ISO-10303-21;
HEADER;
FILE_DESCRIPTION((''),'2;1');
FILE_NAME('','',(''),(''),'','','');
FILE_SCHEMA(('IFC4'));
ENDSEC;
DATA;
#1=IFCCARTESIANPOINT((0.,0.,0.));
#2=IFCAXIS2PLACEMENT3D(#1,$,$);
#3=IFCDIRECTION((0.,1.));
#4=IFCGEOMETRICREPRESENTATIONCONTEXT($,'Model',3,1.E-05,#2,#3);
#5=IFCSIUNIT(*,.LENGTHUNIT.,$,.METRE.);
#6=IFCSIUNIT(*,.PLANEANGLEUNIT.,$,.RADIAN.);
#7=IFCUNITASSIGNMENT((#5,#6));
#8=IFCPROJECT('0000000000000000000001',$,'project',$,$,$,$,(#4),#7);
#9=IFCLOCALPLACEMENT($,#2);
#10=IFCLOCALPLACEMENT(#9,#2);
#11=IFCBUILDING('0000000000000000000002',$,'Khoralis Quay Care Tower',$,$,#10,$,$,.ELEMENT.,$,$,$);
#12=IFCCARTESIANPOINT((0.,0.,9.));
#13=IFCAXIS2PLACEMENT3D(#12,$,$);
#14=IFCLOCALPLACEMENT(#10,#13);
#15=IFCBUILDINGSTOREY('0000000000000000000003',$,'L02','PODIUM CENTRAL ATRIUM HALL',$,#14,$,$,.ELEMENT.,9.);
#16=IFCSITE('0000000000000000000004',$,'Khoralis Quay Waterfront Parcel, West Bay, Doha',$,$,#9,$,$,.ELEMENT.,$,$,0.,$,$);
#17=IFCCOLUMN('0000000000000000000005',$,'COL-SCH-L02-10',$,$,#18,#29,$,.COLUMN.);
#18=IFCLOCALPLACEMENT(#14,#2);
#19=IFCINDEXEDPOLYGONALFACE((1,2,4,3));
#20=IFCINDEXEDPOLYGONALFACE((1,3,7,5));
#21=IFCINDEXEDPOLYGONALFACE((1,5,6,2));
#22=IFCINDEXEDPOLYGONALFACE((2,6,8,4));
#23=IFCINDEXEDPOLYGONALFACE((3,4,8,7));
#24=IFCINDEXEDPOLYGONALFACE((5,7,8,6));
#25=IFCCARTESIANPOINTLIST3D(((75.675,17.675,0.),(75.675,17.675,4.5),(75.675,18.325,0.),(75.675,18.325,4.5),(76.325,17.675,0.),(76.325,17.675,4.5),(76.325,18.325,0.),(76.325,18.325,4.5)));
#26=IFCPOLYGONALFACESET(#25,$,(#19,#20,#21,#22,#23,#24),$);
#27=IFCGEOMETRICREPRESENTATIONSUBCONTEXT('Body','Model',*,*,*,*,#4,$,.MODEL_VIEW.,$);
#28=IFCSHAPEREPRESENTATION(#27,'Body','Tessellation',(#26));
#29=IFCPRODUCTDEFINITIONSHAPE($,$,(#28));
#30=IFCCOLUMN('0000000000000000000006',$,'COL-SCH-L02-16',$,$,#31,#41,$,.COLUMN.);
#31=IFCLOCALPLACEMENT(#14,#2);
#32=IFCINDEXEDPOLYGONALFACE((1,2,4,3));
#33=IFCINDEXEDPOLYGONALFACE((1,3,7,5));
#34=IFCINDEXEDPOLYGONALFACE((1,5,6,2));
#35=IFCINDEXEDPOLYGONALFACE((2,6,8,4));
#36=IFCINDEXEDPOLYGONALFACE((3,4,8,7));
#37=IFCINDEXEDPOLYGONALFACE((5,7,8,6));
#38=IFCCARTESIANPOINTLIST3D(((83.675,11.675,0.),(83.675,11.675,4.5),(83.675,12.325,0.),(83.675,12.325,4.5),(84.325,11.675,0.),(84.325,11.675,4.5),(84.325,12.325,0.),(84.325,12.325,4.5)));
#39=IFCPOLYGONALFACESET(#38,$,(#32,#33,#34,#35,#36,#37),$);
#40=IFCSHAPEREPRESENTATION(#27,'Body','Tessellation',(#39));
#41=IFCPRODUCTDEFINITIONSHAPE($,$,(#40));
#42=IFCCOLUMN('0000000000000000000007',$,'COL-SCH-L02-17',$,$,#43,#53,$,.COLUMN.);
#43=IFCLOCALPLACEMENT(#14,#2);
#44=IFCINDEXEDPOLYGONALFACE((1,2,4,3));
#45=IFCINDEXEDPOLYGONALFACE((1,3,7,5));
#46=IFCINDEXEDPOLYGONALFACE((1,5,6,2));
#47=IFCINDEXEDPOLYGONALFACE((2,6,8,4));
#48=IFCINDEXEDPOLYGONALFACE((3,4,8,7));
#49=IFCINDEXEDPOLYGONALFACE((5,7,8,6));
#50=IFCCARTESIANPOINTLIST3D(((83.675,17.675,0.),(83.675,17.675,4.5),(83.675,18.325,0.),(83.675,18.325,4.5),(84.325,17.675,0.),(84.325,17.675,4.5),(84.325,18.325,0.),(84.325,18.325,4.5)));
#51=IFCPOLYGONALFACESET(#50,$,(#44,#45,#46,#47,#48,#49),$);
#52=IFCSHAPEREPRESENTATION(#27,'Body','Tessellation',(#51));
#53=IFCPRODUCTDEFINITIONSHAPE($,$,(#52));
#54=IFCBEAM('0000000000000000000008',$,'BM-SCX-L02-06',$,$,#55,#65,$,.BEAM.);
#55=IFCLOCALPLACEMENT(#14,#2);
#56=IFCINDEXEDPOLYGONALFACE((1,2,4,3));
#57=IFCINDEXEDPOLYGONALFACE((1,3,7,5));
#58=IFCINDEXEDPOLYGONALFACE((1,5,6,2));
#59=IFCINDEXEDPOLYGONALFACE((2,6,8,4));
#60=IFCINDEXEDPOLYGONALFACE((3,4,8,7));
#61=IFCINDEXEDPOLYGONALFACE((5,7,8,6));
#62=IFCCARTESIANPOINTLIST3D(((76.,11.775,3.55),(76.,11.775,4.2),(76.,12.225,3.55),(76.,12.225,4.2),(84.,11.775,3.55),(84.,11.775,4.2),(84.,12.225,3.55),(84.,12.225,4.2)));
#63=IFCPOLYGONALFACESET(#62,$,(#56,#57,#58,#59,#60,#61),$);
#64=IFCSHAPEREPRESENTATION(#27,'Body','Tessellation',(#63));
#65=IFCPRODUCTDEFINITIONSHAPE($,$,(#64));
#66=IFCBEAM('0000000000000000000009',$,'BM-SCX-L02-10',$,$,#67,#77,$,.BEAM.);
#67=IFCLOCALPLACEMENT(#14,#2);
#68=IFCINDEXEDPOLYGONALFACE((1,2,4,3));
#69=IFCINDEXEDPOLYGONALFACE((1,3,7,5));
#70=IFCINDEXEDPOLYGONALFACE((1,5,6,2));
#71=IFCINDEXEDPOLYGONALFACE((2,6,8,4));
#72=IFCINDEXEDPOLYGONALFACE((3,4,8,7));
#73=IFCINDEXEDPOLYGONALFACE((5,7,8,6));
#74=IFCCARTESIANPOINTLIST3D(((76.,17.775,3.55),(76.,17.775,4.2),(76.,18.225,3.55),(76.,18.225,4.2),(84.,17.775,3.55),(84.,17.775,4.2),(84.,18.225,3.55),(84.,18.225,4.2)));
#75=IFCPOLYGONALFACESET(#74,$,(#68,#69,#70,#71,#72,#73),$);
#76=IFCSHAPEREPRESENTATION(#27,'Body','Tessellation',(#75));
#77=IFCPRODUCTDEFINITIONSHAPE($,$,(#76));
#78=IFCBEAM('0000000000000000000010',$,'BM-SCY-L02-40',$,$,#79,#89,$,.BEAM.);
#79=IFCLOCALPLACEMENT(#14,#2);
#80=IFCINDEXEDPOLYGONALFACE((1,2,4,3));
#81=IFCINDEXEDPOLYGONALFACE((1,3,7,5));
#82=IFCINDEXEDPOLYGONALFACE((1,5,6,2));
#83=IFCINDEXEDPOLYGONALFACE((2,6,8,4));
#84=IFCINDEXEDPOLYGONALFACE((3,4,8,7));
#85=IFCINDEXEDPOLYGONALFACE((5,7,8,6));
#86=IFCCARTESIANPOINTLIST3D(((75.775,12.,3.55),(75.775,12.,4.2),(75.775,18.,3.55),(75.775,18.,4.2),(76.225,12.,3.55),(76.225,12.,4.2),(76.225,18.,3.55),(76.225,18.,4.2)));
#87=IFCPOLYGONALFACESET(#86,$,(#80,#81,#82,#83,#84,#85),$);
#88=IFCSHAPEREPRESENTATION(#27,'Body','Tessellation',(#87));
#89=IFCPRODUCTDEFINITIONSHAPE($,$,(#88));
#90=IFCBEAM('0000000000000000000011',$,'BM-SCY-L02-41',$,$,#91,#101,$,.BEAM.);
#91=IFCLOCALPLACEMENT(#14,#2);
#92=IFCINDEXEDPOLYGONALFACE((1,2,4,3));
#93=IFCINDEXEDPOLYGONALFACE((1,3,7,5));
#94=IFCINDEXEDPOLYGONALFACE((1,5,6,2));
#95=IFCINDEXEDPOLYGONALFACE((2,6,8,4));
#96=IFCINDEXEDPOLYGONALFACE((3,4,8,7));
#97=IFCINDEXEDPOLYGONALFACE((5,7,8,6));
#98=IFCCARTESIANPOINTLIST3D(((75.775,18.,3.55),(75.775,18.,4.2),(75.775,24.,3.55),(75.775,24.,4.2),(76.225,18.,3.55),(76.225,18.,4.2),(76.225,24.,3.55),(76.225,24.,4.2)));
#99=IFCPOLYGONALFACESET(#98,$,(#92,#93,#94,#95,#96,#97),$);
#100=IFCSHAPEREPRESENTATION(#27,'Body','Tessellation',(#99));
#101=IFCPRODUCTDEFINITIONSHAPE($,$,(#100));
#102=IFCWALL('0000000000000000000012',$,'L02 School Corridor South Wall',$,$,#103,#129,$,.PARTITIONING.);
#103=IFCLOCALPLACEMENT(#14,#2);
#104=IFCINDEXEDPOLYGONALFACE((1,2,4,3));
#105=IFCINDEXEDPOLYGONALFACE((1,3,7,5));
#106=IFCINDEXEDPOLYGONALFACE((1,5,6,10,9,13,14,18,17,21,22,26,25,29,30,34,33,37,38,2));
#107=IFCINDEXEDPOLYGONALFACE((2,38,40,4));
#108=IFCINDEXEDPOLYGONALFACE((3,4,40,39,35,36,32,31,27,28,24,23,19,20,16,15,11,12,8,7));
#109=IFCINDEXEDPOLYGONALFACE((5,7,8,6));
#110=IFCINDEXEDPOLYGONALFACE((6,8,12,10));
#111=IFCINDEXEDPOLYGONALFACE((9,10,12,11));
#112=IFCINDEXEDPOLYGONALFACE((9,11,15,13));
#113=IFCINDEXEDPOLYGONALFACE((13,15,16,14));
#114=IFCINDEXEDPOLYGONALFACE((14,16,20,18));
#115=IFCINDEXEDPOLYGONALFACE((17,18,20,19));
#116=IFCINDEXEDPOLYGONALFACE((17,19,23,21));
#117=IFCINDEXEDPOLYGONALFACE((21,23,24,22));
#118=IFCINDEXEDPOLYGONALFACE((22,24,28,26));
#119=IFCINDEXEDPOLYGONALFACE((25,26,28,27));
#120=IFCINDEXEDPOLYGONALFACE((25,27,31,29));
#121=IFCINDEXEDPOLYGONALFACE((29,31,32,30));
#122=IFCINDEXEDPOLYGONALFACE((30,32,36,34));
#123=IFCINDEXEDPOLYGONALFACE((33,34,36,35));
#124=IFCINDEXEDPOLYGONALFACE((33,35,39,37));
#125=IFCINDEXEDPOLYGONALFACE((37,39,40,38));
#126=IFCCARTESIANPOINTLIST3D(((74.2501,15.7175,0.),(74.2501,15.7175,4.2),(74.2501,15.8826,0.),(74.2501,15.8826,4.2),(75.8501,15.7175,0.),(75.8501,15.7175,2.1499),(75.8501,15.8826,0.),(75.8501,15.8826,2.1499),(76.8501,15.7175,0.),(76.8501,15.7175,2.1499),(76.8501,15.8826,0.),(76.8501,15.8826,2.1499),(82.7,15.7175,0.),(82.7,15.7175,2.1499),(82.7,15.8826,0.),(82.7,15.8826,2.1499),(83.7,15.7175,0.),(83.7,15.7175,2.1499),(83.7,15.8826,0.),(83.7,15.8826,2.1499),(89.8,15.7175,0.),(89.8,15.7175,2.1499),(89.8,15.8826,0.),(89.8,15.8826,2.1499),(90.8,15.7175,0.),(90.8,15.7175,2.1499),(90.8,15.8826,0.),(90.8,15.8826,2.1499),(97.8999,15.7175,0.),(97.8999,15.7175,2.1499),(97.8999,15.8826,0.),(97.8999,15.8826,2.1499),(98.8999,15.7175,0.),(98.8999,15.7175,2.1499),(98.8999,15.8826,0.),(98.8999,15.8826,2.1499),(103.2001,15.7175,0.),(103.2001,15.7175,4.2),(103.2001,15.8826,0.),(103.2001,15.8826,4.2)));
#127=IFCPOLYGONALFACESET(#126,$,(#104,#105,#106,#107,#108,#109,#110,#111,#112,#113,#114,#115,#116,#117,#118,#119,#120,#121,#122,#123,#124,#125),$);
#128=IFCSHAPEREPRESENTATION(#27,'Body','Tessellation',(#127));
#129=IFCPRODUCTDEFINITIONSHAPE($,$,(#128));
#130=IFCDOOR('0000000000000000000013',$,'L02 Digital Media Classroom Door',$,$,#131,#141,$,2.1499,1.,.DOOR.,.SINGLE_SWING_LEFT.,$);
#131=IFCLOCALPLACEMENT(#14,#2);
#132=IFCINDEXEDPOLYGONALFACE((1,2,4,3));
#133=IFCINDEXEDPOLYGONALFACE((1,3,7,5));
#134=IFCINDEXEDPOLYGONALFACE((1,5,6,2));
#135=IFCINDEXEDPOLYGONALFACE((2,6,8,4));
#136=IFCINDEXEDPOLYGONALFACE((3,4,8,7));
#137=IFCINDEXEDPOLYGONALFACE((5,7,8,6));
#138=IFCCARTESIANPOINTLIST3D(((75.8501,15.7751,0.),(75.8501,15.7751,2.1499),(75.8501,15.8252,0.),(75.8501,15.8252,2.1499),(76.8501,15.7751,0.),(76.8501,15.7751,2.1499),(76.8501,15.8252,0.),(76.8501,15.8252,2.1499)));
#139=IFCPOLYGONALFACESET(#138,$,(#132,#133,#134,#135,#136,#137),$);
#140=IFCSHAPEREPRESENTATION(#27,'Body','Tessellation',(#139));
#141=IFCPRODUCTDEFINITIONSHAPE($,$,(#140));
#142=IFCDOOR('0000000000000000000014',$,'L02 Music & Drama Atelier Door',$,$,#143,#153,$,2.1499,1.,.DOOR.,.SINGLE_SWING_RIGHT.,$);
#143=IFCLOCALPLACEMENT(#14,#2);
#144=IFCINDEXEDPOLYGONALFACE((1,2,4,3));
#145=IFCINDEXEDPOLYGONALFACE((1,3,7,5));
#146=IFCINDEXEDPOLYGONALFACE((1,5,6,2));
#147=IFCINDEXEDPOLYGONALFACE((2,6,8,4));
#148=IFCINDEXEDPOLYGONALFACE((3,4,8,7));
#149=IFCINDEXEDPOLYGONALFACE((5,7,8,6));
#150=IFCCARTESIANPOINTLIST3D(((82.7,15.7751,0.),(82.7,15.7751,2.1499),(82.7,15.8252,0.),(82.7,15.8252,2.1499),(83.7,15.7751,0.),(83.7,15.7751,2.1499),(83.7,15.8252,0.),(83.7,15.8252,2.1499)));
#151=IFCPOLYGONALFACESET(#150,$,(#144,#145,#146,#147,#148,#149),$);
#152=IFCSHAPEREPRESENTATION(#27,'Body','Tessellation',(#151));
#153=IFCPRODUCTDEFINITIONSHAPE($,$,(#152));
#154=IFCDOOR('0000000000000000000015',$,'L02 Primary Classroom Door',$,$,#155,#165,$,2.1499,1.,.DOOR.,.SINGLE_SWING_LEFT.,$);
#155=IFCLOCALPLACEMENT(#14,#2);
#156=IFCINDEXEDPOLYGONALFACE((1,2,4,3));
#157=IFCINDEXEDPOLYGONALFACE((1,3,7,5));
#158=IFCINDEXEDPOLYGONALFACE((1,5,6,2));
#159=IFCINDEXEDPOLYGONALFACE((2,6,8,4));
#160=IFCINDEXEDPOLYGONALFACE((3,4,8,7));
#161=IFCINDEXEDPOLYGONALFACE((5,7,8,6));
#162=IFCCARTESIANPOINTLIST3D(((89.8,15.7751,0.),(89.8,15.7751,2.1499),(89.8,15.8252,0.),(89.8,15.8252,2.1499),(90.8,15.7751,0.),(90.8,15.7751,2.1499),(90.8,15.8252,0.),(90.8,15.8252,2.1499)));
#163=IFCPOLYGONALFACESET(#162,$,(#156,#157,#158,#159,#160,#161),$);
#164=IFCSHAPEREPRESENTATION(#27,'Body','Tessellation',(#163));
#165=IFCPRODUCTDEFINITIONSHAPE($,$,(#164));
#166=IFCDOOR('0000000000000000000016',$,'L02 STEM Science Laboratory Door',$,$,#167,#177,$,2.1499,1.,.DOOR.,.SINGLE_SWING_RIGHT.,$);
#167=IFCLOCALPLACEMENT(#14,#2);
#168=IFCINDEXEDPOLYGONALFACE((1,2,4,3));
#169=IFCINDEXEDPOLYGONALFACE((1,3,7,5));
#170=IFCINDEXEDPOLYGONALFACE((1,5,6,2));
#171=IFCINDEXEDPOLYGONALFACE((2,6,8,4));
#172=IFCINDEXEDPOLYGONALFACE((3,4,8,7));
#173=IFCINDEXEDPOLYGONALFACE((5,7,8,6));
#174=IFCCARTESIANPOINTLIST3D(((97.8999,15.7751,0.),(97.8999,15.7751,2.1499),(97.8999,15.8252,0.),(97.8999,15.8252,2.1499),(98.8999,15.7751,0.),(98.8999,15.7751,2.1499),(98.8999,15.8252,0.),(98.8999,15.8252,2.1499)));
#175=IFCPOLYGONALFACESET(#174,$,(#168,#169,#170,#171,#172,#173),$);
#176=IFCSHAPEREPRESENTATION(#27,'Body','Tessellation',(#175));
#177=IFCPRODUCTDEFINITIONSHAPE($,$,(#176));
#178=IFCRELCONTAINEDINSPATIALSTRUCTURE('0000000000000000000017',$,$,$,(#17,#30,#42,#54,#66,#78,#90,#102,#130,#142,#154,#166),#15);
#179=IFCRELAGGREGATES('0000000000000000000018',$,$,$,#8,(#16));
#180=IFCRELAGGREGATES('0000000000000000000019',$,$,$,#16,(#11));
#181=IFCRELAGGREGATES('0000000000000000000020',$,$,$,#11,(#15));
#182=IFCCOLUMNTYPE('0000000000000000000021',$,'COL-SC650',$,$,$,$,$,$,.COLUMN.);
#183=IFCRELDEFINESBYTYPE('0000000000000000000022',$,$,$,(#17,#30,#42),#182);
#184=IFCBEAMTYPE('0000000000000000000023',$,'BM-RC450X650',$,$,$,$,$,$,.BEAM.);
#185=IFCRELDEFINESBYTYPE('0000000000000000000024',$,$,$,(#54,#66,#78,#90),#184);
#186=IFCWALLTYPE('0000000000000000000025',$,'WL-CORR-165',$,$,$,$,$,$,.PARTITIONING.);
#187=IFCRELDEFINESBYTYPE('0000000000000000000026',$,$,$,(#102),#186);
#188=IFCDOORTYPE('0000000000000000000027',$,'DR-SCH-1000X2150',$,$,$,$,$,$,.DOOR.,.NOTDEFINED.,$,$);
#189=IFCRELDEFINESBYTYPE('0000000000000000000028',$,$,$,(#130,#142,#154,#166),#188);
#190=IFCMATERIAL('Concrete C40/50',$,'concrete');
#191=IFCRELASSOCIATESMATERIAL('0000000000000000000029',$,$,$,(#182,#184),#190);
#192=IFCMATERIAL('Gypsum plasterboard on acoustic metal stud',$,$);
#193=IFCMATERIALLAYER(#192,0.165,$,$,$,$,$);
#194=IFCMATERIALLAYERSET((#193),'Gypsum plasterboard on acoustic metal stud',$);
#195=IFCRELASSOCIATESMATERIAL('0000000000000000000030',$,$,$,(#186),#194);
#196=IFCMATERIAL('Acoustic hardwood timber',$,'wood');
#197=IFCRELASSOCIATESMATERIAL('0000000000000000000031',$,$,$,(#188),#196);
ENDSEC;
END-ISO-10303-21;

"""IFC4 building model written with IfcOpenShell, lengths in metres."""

from ifc_helpers import new_model, si_unit, direction, frame, frame_2d, origin, origin_2d, place, context, subcontext, project, spatial, rectangle, extrude, source, transform, mapped, material, layer, layer_set, material_profile, profile_set, type_object, element, fill, save


model = new_model("IFC4")

# Units and contexts
model_context = context("Model", 3, precision=1e-05, world=origin(), true_north=direction((0.0, 1.0)))
body_context = subcontext(model_context, "Body", "Model", "MODEL_VIEW")
ifc_project = project(units=[si_unit("LENGTHUNIT", "METRE"), si_unit("PLANEANGLEUNIT", "RADIAN")], contexts=[model_context])

# Site, building, storey
site_placement = place(None, origin())
site = spatial("IfcSite", under=ifc_project, at=site_placement, Name="Khoralis Quay Waterfront Parcel, West Bay, Doha", CompositionType="ELEMENT", RefElevation=0.0)
building_placement = place(site_placement, origin())
building = spatial("IfcBuilding", under=site, at=building_placement, Name="Khoralis Quay Care Tower", CompositionType="ELEMENT")
storey_placement = place(building_placement, frame((0.0, 0.0, 9.0)))
storey = spatial("IfcBuildingStorey", under=building, at=storey_placement, Name="L02", Description="PODIUM CENTRAL ATRIUM HALL", CompositionType="ELEMENT", Elevation=9.0)

# Columns
ifc_material_1 = material(Name="Concrete C40/50", Category="concrete")
ifc_material_profile_1 = material_profile(ifc_material_1, rectangle(XDim=0.6499, YDim=0.6499, at=origin_2d()), Name="Concrete C40/50")
ifc_profile_set_1 = profile_set([ifc_material_profile_1], Name="Concrete C40/50")
column_type = type_object("IfcColumnType", Name="COL-SC650", PredefinedType="COLUMN", material=ifc_profile_set_1)
shared_shape_1 = source(origin(), body_context, "Body", "SweptSolid", [
    extrude(rectangle(XDim=0.6499, YDim=0.6499, at=origin_2d()), origin(), (0.0, 0.0, 1.0), 4.5),
])
for number, where, z_axis, x_axis, name in (
    (1, (76.0, 18.0, 0.0), (0.0, 0.0, 1.0), (1.0, 0.0, 0.0), "COL-SCH-L02-10"),
    (2, (84.0, 12.0, 0.0), (0.0, 0.0, 1.0), (1.0, 0.0, 0.0), "COL-SCH-L02-16"),
    (3, (84.0, 18.0, 0.0), (0.0, 0.0, 1.0), (1.0, 0.0, 0.0), "COL-SCH-L02-17"),
):
    element("IfcColumn", number, at=place(storey_placement, frame(where, z_axis=z_axis, x_axis=x_axis)), inside=storey, type_object=column_type, Name=name, PredefinedType="COLUMN", context=body_context, shape_type="MappedRepresentation", body=[
        mapped(shared_shape_1, transform((0.0, 0.0, 0.0), scale=1.0)),
    ])

# Beams
ifc_material_profile_2 = material_profile(ifc_material_1, rectangle(XDim=0.45, YDim=0.6499, at=origin_2d()), Name="Concrete C40/50")
ifc_profile_set_2 = profile_set([ifc_material_profile_2], Name="Concrete C40/50")
beam_type = type_object("IfcBeamType", Name="BM-RC450X650", PredefinedType="BEAM", material=ifc_profile_set_2)
shared_shape_2 = source(origin(), body_context, "Body", "SweptSolid", [
    extrude(rectangle(XDim=0.45, YDim=0.6499, at=origin_2d()), origin(), (0.0, 0.0, 1.0), 8.0),
])
for number, where, z_axis, x_axis, name in (
    (4, (76.0, 12.0, 3.875), (1.0, 0.0, 0.0), (0.0, 1.0, 0.0), "BM-SCX-L02-06"),
    (5, (76.0, 18.0, 3.875), (1.0, 0.0, 0.0), (0.0, 1.0, 0.0), "BM-SCX-L02-10"),
):
    element("IfcBeam", number, at=place(storey_placement, frame(where, z_axis=z_axis, x_axis=x_axis)), inside=storey, type_object=beam_type, Name=name, PredefinedType="BEAM", context=body_context, shape_type="MappedRepresentation", body=[
        mapped(shared_shape_2, transform((0.0, 0.0, 0.0), scale=1.0)),
    ])
shared_shape_3 = source(origin(), body_context, "Body", "SweptSolid", [
    extrude(rectangle(XDim=0.45, YDim=0.6499, at=origin_2d()), origin(), (0.0, 0.0, 1.0), 6.0),
])
for number, where, z_axis, x_axis, name in (
    (6, (76.0, 12.0, 3.875), (0.0, 1.0, 0.0), (-1.0, 0.0, 0.0), "BM-SCY-L02-40"),
    (7, (76.0, 18.0, 3.875), (0.0, 1.0, 0.0), (-1.0, 0.0, 0.0), "BM-SCY-L02-41"),
):
    element("IfcBeam", number, at=place(storey_placement, frame(where, z_axis=z_axis, x_axis=x_axis)), inside=storey, type_object=beam_type, Name=name, PredefinedType="BEAM", context=body_context, shape_type="MappedRepresentation", body=[
        mapped(shared_shape_3, transform((0.0, 0.0, 0.0), scale=1.0)),
    ])

# Wall, openings, doors
ifc_material_2 = material(Name="Gypsum plasterboard on acoustic metal stud")
ifc_layer_1 = layer(ifc_material_2, 0.165)
ifc_layer_set_1 = layer_set([ifc_layer_1], Name="Gypsum plasterboard on acoustic metal stud")
wall_type_1 = type_object("IfcWallType", Name="WL-CORR-165", PredefinedType="PARTITIONING", material=ifc_layer_set_1)
wall_1_placement = place(storey_placement, frame((74.25, 15.8, 0.0), z_axis=(0.0, 0.0, 1.0), x_axis=(1.0, 0.0, 0.0)))
wall_1 = element("IfcWall", 8, at=wall_1_placement, inside=storey, type_object=wall_type_1, Name="L02 School Corridor South Wall", PredefinedType="PARTITIONING", context=body_context, shape_type="SweptSolid", body=[
    extrude(rectangle(XDim=28.95, YDim=0.165, at=frame_2d((14.4751, 0.0))), origin(), (0.0, 0.0, 1.0), 4.2),
])
opening_1_placement = place(wall_1_placement, frame((1.6001, 0.0, 0.0)))
opening_1 = element("IfcOpeningElement", 9, at=opening_1_placement, cuts=wall_1, PredefinedType="OPENING", context=body_context, shape_type="SweptSolid", body=[
    extrude(rectangle(XDim=1.0, YDim=2.1499, at=frame_2d((0.5, 1.075))), frame((0.0, 0.0925, 0.0), z_axis=(0.0, -1.0, 0.0), x_axis=(1.0, 0.0, 0.0)), (0.0, 0.0, 1.0), 0.1851),
])
opening_2_placement = place(wall_1_placement, frame((8.45, 0.0, 0.0)))
opening_2 = element("IfcOpeningElement", 10, at=opening_2_placement, cuts=wall_1, PredefinedType="OPENING", context=body_context, shape_type="SweptSolid", body=[
    extrude(rectangle(XDim=1.0, YDim=2.1499, at=frame_2d((0.5, 1.075))), frame((0.0, 0.0925, 0.0), z_axis=(0.0, -1.0, 0.0), x_axis=(1.0, 0.0, 0.0)), (0.0, 0.0, 1.0), 0.1851),
])
opening_3_placement = place(wall_1_placement, frame((15.55, 0.0, 0.0)))
opening_3 = element("IfcOpeningElement", 11, at=opening_3_placement, cuts=wall_1, PredefinedType="OPENING", context=body_context, shape_type="SweptSolid", body=[
    extrude(rectangle(XDim=1.0, YDim=2.1499, at=frame_2d((0.5, 1.075))), frame((0.0, 0.0925, 0.0), z_axis=(0.0, -1.0, 0.0), x_axis=(1.0, 0.0, 0.0)), (0.0, 0.0, 1.0), 0.1851),
])
opening_4_placement = place(wall_1_placement, frame((23.6499, 0.0, 0.0)))
opening_4 = element("IfcOpeningElement", 12, at=opening_4_placement, cuts=wall_1, PredefinedType="OPENING", context=body_context, shape_type="SweptSolid", body=[
    extrude(rectangle(XDim=1.0, YDim=2.1499, at=frame_2d((0.5, 1.075))), frame((0.0, 0.0925, 0.0), z_axis=(0.0, -1.0, 0.0), x_axis=(1.0, 0.0, 0.0)), (0.0, 0.0, 1.0), 0.1851),
])
ifc_material_3 = material(Name="Acoustic hardwood timber", Category="wood")
door_type_1 = type_object("IfcDoorType", Name="DR-SCH-1000X2150", OperationType="NOTDEFINED", PredefinedType="DOOR", material=ifc_material_3)
shared_shape_4 = source(origin(), body_context, "Body", "SweptSolid", [
    extrude(rectangle(XDim=1.0, YDim=2.1499, at=frame_2d((0.5, 1.075))), frame((0.0, 0.0249, 0.0), z_axis=(0.0, -1.0, 0.0), x_axis=(1.0, 0.0, 0.0)), (0.0, 0.0, 1.0), 0.05),
])
door_1_placement = place(opening_1_placement, frame((1.0, 0.0, 0.0), z_axis=(0.0, 0.0, 1.0), x_axis=(-1.0, 0.0, 0.0)))
door_1 = element("IfcDoor", 13, at=door_1_placement, inside=storey, type_object=door_type_1, Name="L02 Digital Media Classroom Door", OperationType="SINGLE_SWING_LEFT", OverallHeight=2.1499, OverallWidth=1.0, PredefinedType="DOOR", context=body_context, shape_type="MappedRepresentation", body=[
    mapped(shared_shape_4, transform((0.0, 0.0, 0.0), scale=1.0)),
])
fill(opening_1, door_1)
door_2_placement = place(opening_2_placement, frame((1.0, 0.0, 0.0), z_axis=(0.0, 0.0, 1.0), x_axis=(-1.0, 0.0, 0.0)))
door_2 = element("IfcDoor", 14, at=door_2_placement, inside=storey, type_object=door_type_1, Name="L02 Music & Drama Atelier Door", OperationType="SINGLE_SWING_RIGHT", OverallHeight=2.1499, OverallWidth=1.0, PredefinedType="DOOR", context=body_context, shape_type="MappedRepresentation", body=[
    mapped(shared_shape_4, transform((0.0, 0.0, 0.0), scale=1.0)),
])
fill(opening_2, door_2)
door_3_placement = place(opening_3_placement, frame((1.0, 0.0, 0.0), z_axis=(0.0, 0.0, 1.0), x_axis=(-1.0, 0.0, 0.0)))
door_3 = element("IfcDoor", 15, at=door_3_placement, inside=storey, type_object=door_type_1, Name="L02 Primary Classroom Door", OperationType="SINGLE_SWING_LEFT", OverallHeight=2.1499, OverallWidth=1.0, PredefinedType="DOOR", context=body_context, shape_type="MappedRepresentation", body=[
    mapped(shared_shape_4, transform((0.0, 0.0, 0.0), scale=1.0)),
])
fill(opening_3, door_3)
door_4_placement = place(opening_4_placement, frame((1.0, 0.0, 0.0), z_axis=(0.0, 0.0, 1.0), x_axis=(-1.0, 0.0, 0.0)))
door_4 = element("IfcDoor", 16, at=door_4_placement, inside=storey, type_object=door_type_1, Name="L02 STEM Science Laboratory Door", OperationType="SINGLE_SWING_RIGHT", OverallHeight=2.1499, OverallWidth=1.0, PredefinedType="DOOR", context=body_context, shape_type="MappedRepresentation", body=[
    mapped(shared_shape_4, transform((0.0, 0.0, 0.0), scale=1.0)),
])
fill(opening_4, door_4)

save(model, "model.ifc")
